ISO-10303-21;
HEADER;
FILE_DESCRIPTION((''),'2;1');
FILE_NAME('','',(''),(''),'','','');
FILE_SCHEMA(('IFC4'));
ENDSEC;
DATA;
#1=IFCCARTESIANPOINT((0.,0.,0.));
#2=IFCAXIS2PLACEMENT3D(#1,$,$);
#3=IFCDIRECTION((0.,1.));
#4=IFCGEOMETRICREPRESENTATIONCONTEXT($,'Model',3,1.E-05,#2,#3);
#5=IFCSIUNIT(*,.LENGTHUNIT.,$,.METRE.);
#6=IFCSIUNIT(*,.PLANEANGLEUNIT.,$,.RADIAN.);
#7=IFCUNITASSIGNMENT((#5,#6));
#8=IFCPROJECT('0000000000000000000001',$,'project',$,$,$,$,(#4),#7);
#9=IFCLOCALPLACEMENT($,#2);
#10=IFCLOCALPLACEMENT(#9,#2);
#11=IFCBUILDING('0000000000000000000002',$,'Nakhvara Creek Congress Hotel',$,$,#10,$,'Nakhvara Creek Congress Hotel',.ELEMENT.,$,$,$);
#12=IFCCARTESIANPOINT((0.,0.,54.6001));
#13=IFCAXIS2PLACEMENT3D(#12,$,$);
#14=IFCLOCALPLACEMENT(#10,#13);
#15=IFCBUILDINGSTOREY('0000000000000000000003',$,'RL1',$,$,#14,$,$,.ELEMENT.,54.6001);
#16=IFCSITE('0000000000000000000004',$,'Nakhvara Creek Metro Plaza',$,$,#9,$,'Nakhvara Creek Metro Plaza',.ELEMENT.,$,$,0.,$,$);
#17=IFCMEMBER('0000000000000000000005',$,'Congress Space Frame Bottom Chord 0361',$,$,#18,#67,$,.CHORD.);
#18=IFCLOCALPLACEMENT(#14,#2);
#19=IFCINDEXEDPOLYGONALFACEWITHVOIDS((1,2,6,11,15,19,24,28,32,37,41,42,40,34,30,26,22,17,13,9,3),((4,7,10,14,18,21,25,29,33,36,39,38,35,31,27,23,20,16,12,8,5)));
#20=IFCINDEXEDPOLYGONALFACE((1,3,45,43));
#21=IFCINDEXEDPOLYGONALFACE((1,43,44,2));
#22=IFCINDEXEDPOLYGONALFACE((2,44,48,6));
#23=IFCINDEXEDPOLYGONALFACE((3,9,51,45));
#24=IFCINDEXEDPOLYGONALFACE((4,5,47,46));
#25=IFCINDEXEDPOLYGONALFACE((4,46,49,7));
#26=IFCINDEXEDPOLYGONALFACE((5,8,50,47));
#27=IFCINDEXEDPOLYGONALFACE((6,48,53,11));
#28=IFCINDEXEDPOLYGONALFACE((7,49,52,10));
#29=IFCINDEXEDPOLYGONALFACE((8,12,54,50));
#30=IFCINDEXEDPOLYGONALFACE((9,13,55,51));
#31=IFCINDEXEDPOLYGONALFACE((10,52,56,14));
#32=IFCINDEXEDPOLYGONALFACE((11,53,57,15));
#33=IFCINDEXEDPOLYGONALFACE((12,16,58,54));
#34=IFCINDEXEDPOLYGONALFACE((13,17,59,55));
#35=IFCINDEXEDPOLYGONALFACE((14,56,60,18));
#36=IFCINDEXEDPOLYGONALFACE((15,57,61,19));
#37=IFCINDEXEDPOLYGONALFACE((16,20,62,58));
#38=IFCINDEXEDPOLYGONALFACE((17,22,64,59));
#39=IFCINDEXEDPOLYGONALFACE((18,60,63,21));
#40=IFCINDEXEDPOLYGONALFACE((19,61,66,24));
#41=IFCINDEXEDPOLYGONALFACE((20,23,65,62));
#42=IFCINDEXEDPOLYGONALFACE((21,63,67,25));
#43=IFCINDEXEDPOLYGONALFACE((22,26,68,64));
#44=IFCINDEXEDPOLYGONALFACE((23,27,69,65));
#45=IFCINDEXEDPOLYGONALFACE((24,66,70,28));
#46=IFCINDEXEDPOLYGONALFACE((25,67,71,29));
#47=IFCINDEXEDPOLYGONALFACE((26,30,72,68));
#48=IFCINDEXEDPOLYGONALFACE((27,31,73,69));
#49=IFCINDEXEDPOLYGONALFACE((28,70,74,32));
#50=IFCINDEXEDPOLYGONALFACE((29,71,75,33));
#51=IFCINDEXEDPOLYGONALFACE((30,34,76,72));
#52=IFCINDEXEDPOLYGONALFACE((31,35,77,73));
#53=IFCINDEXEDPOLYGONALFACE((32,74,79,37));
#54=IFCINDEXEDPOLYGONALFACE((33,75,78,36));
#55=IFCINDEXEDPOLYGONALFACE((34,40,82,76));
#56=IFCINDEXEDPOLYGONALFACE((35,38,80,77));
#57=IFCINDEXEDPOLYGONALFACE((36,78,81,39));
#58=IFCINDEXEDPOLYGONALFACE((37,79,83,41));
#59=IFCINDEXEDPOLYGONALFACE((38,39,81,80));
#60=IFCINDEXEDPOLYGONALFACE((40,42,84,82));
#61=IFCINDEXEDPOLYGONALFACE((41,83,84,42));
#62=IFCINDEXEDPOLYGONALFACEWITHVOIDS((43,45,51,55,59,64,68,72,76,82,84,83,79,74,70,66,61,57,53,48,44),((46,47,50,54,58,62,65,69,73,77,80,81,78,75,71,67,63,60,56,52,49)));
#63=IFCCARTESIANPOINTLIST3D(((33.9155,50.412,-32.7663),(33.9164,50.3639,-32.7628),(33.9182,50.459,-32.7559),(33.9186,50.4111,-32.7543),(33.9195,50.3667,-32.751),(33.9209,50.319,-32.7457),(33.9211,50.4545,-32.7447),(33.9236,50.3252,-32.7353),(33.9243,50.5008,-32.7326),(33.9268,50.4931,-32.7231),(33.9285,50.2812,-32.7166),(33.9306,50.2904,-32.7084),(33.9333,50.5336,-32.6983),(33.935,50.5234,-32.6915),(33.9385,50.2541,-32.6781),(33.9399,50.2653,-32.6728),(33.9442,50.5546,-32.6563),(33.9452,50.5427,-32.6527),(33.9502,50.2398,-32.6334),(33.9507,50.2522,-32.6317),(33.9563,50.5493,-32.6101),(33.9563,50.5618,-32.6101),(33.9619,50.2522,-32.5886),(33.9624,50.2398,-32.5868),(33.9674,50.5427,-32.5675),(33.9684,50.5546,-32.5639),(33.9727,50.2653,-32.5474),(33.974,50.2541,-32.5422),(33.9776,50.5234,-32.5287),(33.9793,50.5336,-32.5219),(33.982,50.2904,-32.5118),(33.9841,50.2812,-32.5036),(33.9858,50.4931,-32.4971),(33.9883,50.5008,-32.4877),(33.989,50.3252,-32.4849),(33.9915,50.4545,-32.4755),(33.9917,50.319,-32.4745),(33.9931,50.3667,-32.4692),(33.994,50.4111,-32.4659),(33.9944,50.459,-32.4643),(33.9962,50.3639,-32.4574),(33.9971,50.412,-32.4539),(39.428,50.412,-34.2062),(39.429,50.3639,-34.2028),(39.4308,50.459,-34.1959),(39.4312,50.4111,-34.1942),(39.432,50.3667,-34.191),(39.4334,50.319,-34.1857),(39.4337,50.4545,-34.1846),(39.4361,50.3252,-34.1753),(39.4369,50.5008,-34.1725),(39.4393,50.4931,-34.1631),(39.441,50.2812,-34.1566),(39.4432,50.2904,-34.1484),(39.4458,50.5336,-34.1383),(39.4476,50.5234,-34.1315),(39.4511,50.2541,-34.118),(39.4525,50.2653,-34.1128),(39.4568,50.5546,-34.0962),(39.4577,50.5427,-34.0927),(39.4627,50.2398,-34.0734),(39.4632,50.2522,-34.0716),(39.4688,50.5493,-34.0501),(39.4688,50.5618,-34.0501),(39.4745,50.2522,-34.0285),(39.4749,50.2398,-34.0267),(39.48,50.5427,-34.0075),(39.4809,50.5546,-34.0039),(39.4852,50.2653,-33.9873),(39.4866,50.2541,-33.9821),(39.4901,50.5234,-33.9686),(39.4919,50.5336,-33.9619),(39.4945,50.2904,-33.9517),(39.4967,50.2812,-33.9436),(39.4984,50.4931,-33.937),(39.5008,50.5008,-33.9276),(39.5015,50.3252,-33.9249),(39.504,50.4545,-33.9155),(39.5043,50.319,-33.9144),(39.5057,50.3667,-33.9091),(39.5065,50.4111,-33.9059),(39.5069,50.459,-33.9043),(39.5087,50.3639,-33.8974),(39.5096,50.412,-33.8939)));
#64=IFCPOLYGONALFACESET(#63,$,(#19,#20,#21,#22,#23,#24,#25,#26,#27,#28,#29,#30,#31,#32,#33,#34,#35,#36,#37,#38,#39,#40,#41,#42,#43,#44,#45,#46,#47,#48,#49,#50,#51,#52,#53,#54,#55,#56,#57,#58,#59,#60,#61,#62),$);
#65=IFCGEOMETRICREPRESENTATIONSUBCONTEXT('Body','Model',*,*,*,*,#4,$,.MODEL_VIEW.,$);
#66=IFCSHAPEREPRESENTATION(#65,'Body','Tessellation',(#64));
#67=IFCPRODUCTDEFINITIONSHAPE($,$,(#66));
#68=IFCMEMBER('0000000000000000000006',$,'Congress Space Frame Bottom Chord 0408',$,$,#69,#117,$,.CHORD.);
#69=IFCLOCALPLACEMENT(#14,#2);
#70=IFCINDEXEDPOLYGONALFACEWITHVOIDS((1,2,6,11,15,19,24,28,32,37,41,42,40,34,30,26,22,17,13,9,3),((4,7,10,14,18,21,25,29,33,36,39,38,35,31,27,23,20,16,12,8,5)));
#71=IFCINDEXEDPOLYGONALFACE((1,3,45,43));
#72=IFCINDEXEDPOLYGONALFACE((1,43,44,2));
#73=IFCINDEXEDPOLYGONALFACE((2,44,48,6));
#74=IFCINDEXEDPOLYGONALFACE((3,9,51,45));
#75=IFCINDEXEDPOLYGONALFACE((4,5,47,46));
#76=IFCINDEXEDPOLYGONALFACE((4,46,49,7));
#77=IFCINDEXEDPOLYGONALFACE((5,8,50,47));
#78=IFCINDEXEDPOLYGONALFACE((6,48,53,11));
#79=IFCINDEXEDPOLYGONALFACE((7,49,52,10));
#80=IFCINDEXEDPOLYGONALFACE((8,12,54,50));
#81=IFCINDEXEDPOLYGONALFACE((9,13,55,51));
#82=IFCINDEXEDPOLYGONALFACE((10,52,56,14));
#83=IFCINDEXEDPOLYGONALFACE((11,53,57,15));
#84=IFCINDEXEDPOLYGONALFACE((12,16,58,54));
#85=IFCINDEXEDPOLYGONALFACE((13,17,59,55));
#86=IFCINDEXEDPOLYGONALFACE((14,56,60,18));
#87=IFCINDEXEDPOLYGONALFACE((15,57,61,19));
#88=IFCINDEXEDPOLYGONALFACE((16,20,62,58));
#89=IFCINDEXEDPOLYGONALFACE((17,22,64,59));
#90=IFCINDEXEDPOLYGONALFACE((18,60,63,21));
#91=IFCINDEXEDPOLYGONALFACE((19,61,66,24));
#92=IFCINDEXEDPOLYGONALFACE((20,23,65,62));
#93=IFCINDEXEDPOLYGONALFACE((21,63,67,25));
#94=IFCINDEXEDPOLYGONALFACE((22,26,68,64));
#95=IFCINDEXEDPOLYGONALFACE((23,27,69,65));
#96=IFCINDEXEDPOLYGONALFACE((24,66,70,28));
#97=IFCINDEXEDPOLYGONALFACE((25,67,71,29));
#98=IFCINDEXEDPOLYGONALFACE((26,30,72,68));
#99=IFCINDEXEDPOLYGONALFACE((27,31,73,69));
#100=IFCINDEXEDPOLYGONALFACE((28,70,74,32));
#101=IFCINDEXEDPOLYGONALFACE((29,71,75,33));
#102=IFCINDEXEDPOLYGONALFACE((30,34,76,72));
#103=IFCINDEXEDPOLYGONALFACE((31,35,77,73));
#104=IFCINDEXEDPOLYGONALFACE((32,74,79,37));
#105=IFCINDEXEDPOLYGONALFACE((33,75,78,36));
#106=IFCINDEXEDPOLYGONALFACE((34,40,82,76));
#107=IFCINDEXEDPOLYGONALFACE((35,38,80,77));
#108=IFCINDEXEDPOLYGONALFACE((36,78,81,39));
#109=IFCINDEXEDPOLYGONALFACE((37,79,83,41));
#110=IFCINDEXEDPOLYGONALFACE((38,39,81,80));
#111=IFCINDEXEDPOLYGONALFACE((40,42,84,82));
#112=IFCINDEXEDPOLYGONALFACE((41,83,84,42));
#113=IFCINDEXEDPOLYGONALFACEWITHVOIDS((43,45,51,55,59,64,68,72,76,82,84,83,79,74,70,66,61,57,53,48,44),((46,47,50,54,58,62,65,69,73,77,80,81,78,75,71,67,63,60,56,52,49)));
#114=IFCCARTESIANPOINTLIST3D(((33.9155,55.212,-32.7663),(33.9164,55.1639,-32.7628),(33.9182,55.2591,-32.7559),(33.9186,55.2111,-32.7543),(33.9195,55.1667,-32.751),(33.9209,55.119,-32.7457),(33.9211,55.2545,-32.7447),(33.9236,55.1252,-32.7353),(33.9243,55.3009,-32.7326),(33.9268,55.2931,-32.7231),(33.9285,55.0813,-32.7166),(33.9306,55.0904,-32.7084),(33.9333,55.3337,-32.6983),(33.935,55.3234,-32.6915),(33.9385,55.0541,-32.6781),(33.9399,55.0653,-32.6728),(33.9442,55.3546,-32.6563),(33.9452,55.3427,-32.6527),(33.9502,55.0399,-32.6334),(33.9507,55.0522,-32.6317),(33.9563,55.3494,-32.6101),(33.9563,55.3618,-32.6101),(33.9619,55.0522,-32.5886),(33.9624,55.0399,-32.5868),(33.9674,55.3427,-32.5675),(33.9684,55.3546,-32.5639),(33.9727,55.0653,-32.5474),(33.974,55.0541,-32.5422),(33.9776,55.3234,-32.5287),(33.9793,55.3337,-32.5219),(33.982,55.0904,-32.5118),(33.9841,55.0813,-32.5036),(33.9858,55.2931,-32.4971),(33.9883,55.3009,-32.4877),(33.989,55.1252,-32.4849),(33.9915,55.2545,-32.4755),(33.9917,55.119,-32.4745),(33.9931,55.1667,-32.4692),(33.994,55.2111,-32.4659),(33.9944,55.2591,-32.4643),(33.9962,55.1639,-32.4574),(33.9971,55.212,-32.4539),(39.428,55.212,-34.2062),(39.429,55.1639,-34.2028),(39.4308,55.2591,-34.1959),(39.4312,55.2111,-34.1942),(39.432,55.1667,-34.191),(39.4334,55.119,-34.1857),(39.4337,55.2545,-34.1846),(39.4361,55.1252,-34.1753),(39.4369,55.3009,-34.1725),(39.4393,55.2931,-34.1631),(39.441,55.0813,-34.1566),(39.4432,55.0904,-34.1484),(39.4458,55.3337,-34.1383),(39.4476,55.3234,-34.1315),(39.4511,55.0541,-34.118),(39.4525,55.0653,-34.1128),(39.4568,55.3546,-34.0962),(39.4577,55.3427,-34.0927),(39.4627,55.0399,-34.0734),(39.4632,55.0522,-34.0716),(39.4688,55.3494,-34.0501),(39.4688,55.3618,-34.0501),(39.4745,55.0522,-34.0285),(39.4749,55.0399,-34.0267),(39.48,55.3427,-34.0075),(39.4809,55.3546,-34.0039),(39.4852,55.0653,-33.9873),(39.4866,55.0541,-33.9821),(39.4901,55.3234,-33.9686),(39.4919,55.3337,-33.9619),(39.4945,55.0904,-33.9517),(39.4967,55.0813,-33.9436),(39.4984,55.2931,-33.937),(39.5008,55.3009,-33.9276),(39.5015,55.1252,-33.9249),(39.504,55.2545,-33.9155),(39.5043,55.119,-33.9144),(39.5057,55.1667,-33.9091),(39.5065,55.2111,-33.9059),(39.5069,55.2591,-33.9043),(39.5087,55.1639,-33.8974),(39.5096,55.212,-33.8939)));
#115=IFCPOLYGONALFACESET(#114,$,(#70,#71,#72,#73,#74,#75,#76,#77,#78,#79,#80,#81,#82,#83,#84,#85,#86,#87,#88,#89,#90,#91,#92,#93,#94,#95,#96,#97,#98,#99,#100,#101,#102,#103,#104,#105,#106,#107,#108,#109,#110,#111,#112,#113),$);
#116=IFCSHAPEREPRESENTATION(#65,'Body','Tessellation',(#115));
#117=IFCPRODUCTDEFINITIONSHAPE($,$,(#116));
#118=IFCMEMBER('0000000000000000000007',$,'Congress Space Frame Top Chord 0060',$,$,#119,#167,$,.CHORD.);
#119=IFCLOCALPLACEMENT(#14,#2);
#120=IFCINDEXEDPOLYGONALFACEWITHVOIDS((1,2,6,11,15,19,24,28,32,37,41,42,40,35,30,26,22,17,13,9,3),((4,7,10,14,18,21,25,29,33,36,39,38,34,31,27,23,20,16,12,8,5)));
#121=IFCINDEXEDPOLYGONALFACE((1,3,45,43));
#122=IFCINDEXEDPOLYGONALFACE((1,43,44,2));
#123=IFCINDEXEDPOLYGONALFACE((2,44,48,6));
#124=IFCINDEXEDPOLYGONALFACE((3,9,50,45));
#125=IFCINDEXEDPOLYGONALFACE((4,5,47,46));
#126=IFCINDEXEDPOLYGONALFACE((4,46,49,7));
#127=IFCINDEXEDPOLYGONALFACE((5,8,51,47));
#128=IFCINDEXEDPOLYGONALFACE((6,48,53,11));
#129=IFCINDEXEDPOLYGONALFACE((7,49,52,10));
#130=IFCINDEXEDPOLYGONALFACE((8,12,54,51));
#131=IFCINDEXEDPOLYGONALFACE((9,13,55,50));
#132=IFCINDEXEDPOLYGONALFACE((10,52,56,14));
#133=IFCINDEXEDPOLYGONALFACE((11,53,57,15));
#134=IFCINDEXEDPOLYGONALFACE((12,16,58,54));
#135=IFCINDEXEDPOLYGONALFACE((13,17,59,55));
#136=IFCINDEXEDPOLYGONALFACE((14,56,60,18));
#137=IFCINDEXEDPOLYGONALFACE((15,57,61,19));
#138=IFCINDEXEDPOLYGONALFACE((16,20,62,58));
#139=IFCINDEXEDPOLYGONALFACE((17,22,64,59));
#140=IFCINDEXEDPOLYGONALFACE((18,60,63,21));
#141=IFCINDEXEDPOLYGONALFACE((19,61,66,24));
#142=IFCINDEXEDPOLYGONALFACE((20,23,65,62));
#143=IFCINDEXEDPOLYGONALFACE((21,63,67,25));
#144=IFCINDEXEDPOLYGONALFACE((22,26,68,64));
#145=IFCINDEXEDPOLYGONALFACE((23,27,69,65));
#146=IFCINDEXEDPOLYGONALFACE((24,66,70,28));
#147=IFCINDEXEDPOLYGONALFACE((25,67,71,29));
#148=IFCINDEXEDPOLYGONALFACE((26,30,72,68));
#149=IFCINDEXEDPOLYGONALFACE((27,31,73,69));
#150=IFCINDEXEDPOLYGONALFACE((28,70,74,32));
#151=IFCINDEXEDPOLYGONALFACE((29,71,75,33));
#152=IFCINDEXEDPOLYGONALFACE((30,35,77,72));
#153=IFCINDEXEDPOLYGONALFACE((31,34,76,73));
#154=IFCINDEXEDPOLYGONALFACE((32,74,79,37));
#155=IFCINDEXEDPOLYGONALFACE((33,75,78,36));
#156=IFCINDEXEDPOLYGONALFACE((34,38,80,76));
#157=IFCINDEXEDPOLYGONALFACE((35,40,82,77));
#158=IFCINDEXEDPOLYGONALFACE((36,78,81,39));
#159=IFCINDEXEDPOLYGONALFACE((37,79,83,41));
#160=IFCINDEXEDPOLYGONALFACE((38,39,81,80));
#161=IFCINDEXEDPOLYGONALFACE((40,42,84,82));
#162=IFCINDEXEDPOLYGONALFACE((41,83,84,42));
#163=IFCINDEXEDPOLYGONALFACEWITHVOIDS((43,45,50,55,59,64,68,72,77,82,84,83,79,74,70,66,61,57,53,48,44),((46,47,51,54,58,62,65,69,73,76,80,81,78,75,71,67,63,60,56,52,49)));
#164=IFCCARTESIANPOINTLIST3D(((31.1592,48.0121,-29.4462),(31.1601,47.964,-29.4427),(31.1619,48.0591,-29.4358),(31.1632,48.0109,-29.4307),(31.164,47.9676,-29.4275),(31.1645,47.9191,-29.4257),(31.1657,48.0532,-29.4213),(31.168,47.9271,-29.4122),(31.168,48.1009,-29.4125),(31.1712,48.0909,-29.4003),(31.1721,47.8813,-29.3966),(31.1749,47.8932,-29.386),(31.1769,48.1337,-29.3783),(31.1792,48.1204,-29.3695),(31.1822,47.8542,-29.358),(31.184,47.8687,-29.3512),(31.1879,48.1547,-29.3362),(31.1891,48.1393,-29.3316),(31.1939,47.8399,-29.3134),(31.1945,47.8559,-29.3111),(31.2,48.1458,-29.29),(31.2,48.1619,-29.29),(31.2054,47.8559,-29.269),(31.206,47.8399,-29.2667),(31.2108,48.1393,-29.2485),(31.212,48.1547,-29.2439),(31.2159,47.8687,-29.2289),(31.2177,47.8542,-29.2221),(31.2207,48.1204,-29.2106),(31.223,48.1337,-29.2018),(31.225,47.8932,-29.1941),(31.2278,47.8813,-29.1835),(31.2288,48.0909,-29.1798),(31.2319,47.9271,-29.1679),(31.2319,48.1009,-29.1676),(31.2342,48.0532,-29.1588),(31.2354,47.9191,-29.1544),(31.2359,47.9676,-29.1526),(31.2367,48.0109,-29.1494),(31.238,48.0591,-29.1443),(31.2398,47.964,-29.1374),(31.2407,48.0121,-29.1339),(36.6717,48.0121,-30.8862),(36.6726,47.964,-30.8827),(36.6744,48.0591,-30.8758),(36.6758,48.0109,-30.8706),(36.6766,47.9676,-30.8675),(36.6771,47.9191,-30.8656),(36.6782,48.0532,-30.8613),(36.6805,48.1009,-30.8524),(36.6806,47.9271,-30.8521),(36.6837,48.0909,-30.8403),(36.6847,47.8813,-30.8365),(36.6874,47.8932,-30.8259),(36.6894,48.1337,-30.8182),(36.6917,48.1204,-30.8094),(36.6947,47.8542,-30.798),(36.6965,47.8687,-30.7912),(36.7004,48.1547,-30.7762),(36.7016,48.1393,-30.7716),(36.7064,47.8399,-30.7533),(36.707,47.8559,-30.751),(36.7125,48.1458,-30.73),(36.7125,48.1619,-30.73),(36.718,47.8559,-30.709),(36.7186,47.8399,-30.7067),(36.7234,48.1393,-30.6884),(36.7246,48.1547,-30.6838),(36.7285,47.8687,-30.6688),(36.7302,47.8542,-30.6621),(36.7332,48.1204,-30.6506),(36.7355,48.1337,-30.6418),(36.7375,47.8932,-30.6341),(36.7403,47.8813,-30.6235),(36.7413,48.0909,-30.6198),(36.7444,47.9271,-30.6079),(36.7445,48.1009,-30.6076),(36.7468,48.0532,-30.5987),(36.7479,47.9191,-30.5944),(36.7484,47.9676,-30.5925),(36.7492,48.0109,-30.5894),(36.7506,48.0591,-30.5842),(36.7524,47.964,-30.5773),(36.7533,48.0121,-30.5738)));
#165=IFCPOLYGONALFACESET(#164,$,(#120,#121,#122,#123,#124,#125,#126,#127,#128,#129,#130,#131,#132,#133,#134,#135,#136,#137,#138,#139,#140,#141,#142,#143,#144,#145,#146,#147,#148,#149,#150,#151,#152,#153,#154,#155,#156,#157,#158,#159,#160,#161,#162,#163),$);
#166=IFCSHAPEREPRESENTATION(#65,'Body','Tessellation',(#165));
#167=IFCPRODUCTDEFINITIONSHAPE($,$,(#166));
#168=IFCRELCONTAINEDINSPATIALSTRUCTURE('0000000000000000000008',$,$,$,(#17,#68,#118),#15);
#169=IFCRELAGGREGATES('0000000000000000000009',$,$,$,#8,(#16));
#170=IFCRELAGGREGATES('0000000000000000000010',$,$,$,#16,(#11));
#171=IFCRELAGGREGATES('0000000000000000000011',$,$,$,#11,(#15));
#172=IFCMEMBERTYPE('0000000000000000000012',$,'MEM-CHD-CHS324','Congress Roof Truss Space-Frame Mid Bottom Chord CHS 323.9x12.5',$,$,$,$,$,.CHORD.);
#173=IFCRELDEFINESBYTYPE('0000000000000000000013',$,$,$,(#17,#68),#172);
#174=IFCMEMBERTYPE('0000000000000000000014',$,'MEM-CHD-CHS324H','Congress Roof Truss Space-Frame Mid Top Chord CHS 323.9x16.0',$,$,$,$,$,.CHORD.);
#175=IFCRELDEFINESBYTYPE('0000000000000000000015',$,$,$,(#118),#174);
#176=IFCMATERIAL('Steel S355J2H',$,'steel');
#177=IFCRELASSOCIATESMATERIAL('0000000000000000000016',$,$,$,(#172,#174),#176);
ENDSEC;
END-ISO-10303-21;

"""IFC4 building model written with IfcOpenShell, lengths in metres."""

from ifc_helpers import new_model, si_unit, direction, frame, origin, origin_2d, place, context, subcontext, project, spatial, hollow_circle, extrude, material, material_profile, profile_set, type_object, element, save


model = new_model("IFC4")

# Units and contexts
model_context = context("Model", 3, precision=1e-05, world=origin(), true_north=direction((0.0, 1.0)))
body_context = subcontext(model_context, "Body", "Model", "MODEL_VIEW")
ifc_project = project(units=[si_unit("LENGTHUNIT", "METRE"), si_unit("PLANEANGLEUNIT", "RADIAN")], contexts=[model_context])

# Site, building, storey
site_placement = place(None, origin())
site = spatial("IfcSite", under=ifc_project, at=site_placement, Name="Nakhvara Creek Metro Plaza", LongName="Nakhvara Creek Metro Plaza", CompositionType="ELEMENT", RefElevation=0.0)
building_placement = place(site_placement, origin())
building = spatial("IfcBuilding", under=site, at=building_placement, Name="Nakhvara Creek Congress Hotel", LongName="Nakhvara Creek Congress Hotel", CompositionType="ELEMENT")
storey_placement = place(building_placement, frame((0.0, 0.0, 54.6001)))
storey = spatial("IfcBuildingStorey", under=building, at=storey_placement, Name="RL1", CompositionType="ELEMENT", Elevation=54.6001)

# Members
ifc_material_1 = material(Name="Steel S355J2H", Category="steel")
ifc_material_profile_1 = material_profile(ifc_material_1, hollow_circle(Radius=0.1619, WallThickness=0.0125, at=origin_2d()), Name="CHS 323.9x12.5", Category="LoadBearing")
ifc_profile_set_1 = profile_set([ifc_material_profile_1], Name="Steel S355J2H")
member_type_1 = type_object("IfcMemberType", Name="MEM-CHD-CHS324", Description="Congress Roof Truss Space-Frame Mid Bottom Chord CHS 323.9x12.5", PredefinedType="CHORD", material=ifc_profile_set_1)
for number, where, z_axis, x_axis, name in (
    (1, (33.9563, 50.3999, -32.6101), (0.967535, 0.0, -0.252736), (0.0, 1.0, 0.0), "Congress Space Frame Bottom Chord 0361"),
    (2, (33.9563, 55.2, -32.6101), (0.967535, 0.0, -0.252736), (0.0, 1.0, 0.0), "Congress Space Frame Bottom Chord 0408"),
):
    element("IfcMember", number, at=place(storey_placement, frame(where, z_axis=z_axis, x_axis=x_axis)), inside=storey, type_object=member_type_1, Name=name, PredefinedType="CHORD", context=body_context, shape_type="SweptSolid", body=[
        extrude(hollow_circle(Radius=0.1619, WallThickness=0.0125, at=origin_2d()), origin(), (0.0, 0.0, 1.0), 5.6975),
    ])
ifc_material_profile_2 = material_profile(ifc_material_1, hollow_circle(Radius=0.1619, WallThickness=0.0161, at=origin_2d()), Name="CHS 323.9x16.0", Category="LoadBearing")
ifc_profile_set_2 = profile_set([ifc_material_profile_2], Name="Steel S355J2H")
member_type_2 = type_object("IfcMemberType", Name="MEM-CHD-CHS324H", Description="Congress Roof Truss Space-Frame Mid Top Chord CHS 323.9x16.0", PredefinedType="CHORD", material=ifc_profile_set_2)
for number, where, z_axis, x_axis, name in (
    (3, (31.2, 48.0, -29.29), (0.967535, 0.0, -0.252736), (0.0, 1.0, 0.0), "Congress Space Frame Top Chord 0060"),
):
    element("IfcMember", number, at=place(storey_placement, frame(where, z_axis=z_axis, x_axis=x_axis)), inside=storey, type_object=member_type_2, Name=name, PredefinedType="CHORD", context=body_context, shape_type="SweptSolid", body=[
        extrude(hollow_circle(Radius=0.1619, WallThickness=0.0161, at=origin_2d()), origin(), (0.0, 0.0, 1.0), 5.6975),
    ])

save(model, "model.ifc")
